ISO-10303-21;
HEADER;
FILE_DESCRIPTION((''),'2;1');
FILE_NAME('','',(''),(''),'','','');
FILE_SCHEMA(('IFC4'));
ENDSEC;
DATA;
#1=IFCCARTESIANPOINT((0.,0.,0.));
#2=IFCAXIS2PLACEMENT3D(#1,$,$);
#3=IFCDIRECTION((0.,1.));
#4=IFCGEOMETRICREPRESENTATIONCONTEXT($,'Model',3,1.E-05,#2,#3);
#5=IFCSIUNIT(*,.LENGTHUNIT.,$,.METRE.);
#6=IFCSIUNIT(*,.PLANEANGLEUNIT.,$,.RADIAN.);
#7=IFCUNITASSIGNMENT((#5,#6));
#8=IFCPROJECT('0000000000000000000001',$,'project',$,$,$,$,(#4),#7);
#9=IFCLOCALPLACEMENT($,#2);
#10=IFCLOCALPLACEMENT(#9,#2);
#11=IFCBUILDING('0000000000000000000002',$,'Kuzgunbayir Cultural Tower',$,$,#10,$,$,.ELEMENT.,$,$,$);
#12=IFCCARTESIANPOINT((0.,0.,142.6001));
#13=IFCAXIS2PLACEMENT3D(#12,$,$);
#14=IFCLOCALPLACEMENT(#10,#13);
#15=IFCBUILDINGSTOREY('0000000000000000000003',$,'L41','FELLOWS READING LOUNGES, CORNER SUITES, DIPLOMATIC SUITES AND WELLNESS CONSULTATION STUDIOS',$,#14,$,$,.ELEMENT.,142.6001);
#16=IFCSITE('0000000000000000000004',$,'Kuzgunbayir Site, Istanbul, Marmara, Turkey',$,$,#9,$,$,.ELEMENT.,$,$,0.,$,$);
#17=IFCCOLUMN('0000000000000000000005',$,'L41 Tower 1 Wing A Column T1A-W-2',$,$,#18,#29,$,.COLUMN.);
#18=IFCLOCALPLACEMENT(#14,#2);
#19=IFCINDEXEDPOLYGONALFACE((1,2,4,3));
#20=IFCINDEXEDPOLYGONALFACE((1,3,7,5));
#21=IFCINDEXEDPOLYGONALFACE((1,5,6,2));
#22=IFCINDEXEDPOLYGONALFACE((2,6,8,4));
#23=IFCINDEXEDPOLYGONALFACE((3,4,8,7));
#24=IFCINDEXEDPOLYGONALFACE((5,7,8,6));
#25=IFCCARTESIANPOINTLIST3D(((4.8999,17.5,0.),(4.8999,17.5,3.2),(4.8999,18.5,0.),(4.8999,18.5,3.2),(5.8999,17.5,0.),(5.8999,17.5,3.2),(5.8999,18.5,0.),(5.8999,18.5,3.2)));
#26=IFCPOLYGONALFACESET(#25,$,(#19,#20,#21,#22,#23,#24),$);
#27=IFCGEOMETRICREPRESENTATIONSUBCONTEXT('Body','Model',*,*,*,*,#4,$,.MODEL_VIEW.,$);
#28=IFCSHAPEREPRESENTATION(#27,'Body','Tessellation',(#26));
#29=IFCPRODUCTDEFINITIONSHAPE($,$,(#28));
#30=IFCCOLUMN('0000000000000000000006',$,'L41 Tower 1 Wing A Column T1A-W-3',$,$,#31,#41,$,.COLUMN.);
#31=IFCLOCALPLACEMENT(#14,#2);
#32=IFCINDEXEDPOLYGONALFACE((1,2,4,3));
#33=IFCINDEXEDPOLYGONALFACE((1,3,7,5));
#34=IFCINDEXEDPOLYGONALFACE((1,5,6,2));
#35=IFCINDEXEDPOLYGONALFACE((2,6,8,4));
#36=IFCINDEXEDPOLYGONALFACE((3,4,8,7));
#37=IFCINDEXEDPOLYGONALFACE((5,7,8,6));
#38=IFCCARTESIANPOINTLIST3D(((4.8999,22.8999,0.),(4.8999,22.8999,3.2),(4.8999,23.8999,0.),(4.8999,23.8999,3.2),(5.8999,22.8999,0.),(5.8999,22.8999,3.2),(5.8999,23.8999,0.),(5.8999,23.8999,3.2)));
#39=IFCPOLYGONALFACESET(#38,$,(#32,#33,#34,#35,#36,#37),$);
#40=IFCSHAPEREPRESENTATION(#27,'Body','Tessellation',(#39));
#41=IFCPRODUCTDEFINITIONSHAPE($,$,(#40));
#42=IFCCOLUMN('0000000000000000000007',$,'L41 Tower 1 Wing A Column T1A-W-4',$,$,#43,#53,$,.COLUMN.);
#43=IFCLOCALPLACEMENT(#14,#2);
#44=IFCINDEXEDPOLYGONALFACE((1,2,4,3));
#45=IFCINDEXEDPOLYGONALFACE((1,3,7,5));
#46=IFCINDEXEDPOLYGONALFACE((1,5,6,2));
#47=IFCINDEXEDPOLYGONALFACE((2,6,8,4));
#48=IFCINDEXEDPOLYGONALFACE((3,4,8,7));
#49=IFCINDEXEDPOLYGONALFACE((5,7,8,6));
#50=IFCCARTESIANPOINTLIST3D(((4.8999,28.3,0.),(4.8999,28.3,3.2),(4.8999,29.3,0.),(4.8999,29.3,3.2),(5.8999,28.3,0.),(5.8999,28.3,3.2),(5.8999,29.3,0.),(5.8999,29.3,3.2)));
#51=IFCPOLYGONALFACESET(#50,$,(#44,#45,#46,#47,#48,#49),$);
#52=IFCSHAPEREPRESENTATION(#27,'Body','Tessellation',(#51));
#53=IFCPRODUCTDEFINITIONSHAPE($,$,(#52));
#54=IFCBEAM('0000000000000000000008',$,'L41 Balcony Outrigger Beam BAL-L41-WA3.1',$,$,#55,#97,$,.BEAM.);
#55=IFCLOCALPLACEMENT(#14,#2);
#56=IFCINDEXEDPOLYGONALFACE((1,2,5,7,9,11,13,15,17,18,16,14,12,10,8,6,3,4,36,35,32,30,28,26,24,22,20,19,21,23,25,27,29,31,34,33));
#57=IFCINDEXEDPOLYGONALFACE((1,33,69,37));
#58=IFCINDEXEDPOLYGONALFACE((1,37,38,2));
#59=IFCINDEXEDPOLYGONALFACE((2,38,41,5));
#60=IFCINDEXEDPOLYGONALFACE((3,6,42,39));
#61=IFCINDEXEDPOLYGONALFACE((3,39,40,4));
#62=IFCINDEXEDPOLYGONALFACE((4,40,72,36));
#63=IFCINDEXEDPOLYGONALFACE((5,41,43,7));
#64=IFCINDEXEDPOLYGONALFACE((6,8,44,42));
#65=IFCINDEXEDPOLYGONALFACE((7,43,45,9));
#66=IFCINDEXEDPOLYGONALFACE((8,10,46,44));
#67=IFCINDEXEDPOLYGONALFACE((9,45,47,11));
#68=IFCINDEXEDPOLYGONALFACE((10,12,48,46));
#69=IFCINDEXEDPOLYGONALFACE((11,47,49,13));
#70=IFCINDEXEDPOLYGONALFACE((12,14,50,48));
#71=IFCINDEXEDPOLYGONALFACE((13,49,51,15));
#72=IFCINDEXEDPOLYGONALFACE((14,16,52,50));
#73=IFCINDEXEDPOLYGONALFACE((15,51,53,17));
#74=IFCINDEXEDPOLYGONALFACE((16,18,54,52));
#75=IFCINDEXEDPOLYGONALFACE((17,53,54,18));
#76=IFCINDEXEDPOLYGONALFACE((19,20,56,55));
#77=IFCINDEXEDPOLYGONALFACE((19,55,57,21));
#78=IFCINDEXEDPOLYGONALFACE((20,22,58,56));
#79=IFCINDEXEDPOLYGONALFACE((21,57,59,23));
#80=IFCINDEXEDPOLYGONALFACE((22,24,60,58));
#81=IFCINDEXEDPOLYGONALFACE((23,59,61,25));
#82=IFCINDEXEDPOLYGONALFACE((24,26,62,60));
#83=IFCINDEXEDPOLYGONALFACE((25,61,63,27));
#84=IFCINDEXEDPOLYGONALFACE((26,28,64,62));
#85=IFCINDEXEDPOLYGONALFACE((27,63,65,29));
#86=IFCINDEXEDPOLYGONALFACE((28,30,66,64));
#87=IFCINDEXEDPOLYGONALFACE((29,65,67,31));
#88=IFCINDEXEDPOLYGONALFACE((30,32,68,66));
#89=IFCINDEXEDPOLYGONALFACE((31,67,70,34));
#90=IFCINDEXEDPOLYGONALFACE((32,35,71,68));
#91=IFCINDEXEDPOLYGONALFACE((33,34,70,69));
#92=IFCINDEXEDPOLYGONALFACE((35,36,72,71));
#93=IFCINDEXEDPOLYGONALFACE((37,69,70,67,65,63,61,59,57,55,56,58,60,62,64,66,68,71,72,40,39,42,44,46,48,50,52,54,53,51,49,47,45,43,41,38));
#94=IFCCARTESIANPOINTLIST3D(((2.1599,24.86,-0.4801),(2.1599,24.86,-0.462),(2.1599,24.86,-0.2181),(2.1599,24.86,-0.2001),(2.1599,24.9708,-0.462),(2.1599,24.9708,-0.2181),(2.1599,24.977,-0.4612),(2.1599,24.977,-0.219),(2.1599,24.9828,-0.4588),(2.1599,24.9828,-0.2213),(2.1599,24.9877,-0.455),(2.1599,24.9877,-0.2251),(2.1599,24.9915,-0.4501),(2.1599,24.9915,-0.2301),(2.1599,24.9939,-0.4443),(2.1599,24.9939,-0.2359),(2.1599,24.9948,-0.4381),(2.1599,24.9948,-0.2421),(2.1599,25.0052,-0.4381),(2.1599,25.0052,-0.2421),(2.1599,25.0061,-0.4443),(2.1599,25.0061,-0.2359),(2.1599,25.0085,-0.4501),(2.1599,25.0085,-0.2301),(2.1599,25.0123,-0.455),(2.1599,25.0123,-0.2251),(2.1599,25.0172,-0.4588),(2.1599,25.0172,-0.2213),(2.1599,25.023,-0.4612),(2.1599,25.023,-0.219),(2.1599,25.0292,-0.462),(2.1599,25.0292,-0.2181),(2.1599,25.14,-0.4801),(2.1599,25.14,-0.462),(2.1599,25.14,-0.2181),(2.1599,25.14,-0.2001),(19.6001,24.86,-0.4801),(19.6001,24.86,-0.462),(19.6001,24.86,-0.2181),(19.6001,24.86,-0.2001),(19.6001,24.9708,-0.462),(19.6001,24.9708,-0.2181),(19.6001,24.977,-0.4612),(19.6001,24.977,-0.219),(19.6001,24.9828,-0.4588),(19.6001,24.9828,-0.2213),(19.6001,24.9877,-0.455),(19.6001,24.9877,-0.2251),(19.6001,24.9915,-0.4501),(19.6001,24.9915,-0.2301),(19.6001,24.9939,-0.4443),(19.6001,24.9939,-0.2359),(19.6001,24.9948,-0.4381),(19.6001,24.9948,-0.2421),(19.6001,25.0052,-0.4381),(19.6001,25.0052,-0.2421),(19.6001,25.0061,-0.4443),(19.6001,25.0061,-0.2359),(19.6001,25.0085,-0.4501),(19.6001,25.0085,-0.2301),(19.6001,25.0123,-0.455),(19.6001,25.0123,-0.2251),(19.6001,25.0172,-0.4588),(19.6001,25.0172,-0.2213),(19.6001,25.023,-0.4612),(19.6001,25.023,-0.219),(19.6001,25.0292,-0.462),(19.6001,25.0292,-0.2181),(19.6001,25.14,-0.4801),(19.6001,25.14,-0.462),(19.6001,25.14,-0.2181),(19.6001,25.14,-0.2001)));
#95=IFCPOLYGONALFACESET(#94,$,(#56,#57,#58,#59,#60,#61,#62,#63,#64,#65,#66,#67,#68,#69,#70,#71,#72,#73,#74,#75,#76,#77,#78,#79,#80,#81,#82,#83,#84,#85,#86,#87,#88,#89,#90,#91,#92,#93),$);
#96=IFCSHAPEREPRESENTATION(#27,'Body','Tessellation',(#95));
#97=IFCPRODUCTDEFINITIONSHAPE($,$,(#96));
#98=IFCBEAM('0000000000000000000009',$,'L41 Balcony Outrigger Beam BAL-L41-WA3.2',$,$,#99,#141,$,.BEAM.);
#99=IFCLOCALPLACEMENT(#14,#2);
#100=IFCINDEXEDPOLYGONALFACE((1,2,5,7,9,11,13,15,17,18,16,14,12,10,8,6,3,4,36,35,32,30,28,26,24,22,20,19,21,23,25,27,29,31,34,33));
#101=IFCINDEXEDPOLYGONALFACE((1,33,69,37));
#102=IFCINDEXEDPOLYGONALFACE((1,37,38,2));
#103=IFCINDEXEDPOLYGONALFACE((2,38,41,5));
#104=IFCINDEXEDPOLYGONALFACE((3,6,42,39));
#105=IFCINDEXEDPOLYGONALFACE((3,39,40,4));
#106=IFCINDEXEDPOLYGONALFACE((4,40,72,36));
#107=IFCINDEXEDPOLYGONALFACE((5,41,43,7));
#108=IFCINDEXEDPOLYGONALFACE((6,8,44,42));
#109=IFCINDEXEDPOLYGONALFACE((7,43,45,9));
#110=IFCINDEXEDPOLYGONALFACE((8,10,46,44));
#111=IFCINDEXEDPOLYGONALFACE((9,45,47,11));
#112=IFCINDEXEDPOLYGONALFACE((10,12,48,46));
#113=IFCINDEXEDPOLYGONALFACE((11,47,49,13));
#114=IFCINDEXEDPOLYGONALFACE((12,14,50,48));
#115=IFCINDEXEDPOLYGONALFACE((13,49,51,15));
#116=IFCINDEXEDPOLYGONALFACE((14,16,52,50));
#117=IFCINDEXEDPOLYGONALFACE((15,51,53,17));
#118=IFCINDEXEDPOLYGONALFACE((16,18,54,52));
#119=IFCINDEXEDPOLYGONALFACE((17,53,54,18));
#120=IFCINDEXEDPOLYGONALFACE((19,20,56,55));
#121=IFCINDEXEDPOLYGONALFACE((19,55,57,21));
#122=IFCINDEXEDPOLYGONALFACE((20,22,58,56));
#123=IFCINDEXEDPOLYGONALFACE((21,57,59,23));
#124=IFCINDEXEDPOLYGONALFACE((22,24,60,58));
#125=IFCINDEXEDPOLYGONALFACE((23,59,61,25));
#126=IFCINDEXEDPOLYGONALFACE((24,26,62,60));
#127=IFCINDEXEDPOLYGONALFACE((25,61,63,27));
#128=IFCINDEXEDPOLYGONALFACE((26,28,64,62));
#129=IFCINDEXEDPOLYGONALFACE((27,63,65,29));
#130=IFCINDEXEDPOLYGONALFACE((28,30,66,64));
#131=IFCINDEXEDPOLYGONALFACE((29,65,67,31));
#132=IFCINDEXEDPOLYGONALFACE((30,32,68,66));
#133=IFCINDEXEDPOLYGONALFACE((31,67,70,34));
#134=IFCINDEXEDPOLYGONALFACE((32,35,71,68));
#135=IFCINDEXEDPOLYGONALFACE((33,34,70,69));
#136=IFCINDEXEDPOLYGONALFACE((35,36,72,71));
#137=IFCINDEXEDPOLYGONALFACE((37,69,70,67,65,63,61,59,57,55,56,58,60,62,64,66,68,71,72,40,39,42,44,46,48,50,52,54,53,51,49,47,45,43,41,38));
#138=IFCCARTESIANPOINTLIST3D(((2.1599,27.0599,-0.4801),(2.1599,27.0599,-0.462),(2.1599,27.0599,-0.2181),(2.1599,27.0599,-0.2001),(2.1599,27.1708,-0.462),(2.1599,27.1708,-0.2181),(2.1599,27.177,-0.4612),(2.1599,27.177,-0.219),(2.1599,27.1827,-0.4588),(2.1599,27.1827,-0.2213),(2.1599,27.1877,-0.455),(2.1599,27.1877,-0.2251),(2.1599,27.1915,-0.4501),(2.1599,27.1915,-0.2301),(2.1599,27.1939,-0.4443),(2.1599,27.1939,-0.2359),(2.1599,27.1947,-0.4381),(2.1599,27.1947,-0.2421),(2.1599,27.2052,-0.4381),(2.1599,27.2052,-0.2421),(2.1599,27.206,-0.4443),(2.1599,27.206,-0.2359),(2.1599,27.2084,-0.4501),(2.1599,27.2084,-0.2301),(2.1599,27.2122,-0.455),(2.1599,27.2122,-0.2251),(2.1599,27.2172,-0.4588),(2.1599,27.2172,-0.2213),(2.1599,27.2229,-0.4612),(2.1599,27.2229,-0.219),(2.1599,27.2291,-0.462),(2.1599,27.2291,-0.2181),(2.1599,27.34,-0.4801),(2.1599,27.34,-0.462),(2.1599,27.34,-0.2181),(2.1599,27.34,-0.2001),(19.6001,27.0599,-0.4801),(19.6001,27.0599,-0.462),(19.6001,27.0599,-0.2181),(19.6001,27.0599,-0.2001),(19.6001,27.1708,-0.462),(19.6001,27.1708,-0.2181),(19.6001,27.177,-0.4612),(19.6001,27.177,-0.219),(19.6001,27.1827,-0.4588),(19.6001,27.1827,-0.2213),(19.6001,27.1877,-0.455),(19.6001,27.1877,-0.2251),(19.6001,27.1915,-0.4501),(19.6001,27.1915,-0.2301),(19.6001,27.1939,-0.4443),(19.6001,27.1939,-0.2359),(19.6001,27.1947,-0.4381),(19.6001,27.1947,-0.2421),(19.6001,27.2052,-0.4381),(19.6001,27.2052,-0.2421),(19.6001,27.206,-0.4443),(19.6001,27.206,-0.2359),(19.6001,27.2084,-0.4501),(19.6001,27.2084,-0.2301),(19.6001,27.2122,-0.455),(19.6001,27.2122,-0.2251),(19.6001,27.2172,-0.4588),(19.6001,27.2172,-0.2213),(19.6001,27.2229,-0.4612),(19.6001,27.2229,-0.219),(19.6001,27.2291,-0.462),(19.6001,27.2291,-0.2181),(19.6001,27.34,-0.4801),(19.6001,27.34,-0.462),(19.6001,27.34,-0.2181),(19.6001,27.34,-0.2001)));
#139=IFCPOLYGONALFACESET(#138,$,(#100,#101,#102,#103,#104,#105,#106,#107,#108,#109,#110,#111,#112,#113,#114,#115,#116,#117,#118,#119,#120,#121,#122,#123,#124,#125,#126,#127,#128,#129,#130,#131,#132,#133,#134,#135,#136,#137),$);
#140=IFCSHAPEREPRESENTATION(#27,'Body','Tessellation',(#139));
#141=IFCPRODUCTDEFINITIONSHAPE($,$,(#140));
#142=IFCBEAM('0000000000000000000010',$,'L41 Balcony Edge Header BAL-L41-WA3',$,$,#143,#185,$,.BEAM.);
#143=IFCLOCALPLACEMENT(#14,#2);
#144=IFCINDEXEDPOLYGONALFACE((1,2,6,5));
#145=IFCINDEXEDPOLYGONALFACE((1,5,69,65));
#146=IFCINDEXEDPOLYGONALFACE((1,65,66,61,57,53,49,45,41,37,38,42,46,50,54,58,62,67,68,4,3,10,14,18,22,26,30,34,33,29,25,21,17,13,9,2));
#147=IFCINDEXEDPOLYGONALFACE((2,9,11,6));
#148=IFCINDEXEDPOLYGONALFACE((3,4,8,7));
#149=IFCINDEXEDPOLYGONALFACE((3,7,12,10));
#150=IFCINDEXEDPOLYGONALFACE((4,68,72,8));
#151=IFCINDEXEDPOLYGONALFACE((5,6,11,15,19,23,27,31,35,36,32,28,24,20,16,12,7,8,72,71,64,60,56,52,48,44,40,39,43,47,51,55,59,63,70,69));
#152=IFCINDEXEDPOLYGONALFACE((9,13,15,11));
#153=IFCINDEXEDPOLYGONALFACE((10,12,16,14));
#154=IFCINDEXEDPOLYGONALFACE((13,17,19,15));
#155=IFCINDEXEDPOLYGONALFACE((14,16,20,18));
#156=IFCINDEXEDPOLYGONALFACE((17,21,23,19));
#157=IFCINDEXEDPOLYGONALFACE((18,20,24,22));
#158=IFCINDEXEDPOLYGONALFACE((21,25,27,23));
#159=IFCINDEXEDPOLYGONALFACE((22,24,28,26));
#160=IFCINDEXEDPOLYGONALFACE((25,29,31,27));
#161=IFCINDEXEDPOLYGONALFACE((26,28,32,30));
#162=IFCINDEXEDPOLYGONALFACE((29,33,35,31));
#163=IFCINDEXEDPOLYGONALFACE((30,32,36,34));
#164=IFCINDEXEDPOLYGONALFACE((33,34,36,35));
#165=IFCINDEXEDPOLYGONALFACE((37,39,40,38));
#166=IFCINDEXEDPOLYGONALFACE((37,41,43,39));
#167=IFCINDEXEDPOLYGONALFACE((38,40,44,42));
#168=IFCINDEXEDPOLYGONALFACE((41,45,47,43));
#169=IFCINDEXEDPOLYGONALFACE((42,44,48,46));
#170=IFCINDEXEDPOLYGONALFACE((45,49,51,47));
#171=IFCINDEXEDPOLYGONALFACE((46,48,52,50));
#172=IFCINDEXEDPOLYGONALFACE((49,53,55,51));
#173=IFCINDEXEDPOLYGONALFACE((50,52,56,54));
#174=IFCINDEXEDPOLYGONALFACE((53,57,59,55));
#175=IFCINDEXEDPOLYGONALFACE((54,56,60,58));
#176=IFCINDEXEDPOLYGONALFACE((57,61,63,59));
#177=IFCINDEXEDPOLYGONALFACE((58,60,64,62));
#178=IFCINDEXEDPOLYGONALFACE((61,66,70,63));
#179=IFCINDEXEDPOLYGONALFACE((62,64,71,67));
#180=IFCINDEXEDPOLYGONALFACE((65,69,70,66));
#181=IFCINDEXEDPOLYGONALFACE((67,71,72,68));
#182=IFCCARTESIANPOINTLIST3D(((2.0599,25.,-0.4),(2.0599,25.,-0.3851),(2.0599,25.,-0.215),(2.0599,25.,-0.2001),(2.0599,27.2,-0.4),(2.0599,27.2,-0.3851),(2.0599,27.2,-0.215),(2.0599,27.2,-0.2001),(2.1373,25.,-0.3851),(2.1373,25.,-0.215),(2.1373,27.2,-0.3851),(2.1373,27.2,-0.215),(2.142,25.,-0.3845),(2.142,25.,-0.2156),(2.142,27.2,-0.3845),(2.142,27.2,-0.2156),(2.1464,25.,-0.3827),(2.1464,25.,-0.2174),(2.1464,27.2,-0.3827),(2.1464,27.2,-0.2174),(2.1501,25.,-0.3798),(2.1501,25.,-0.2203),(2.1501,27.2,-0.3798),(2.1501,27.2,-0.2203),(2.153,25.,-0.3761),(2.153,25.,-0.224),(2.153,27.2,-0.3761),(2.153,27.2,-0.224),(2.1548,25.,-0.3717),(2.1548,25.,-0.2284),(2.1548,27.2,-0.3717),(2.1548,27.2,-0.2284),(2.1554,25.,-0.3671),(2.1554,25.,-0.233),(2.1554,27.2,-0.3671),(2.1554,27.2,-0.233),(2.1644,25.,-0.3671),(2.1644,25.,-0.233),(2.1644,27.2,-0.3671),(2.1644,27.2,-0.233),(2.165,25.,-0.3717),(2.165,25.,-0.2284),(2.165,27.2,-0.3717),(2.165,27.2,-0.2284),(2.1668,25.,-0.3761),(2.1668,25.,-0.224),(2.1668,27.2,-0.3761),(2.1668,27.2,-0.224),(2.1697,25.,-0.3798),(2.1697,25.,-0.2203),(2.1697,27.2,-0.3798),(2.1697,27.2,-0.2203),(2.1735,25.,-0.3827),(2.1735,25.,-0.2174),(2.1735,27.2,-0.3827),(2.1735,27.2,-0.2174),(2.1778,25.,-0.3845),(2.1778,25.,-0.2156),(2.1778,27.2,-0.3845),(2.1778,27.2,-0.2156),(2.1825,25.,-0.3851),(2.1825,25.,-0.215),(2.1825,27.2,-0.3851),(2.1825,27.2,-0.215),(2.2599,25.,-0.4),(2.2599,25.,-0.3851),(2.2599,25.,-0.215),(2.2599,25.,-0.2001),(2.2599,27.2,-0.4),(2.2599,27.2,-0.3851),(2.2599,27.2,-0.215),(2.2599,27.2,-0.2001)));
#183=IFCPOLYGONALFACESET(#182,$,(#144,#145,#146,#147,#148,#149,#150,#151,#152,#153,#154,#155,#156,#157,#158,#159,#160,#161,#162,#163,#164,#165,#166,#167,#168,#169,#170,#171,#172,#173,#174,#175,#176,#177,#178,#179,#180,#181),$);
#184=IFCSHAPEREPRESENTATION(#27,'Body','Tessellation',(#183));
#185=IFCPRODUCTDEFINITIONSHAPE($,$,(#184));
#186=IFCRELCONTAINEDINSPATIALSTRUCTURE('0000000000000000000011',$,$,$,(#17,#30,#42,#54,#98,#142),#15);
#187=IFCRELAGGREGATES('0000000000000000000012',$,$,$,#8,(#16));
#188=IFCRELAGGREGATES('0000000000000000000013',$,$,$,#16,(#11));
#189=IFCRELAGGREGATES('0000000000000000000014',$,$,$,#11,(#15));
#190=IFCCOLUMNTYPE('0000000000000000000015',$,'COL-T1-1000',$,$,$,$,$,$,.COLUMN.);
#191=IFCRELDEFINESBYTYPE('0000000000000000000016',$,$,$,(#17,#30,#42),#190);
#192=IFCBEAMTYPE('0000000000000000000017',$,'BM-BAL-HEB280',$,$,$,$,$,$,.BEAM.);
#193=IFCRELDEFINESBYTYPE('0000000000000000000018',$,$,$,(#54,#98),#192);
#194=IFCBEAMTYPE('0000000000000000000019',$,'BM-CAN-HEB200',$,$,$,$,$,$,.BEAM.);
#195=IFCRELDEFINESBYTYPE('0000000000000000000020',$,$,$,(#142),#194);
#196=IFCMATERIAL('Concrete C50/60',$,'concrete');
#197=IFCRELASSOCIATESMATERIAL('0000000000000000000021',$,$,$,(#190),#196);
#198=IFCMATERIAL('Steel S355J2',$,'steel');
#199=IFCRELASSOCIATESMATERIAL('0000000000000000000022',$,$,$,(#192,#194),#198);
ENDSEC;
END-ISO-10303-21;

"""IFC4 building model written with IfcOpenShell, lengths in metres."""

from ifc_helpers import new_model, si_unit, direction, frame, origin, origin_2d, place, context, subcontext, project, spatial, rectangle, i_section, extrude, material, material_profile, profile_set, type_object, element, save


model = new_model("IFC4")

# Units and contexts
model_context = context("Model", 3, precision=1e-05, world=origin(), true_north=direction((0.0, 1.0)))
body_context = subcontext(model_context, "Body", "Model", "MODEL_VIEW")
ifc_project = project(units=[si_unit("LENGTHUNIT", "METRE"), si_unit("PLANEANGLEUNIT", "RADIAN")], contexts=[model_context])

# Site, building, storey
site_placement = place(None, origin())
site = spatial("IfcSite", under=ifc_project, at=site_placement, Name="Kuzgunbayir Site, Istanbul, Marmara, Turkey", CompositionType="ELEMENT", RefElevation=0.0)
building_placement = place(site_placement, origin())
building = spatial("IfcBuilding", under=site, at=building_placement, Name="Kuzgunbayir Cultural Tower", CompositionType="ELEMENT")
storey_placement = place(building_placement, frame((0.0, 0.0, 142.6001)))
storey = spatial("IfcBuildingStorey", under=building, at=storey_placement, Name="L41", Description="FELLOWS READING LOUNGES, CORNER SUITES, DIPLOMATIC SUITES AND WELLNESS CONSULTATION STUDIOS", CompositionType="ELEMENT", Elevation=142.6001)

# Columns
ifc_material_1 = material(Name="Concrete C50/60", Category="concrete")
ifc_material_profile_1 = material_profile(ifc_material_1, rectangle(XDim=1.0, YDim=1.0, at=origin_2d()), Name="RC 1000x1000")
ifc_profile_set_1 = profile_set([ifc_material_profile_1], Name="Concrete C50/60")
column_type = type_object("IfcColumnType", Name="COL-T1-1000", PredefinedType="COLUMN", material=ifc_profile_set_1)
for number, where, z_axis, x_axis, name in (
    (1, (5.3999, 18.0, 0.0), (0.0, 0.0, 1.0), (1.0, 0.0, 0.0), "L41 Tower 1 Wing A Column T1A-W-2"),
    (2, (5.3999, 23.3999, 0.0), (0.0, 0.0, 1.0), (1.0, 0.0, 0.0), "L41 Tower 1 Wing A Column T1A-W-3"),
    (3, (5.3999, 28.8, 0.0), (0.0, 0.0, 1.0), (1.0, 0.0, 0.0), "L41 Tower 1 Wing A Column T1A-W-4"),
):
    element("IfcColumn", number, at=place(storey_placement, frame(where, z_axis=z_axis, x_axis=x_axis)), inside=storey, type_object=column_type, Name=name, PredefinedType="COLUMN", context=body_context, shape_type="SweptSolid", body=[
        extrude(rectangle(XDim=1.0, YDim=1.0, at=origin_2d()), origin(), (0.0, 0.0, 1.0), 3.2),
    ])

# Beams
ifc_material_2 = material(Name="Steel S355J2", Category="steel")
ifc_material_profile_2 = material_profile(ifc_material_2, i_section(OverallWidth=0.28, OverallDepth=0.28, WebThickness=0.0105, FlangeThickness=0.0181, FilletRadius=0.0239, at=origin_2d()), Name="HEB 280")
ifc_profile_set_2 = profile_set([ifc_material_profile_2], Name="Steel S355J2")
beam_type_1 = type_object("IfcBeamType", Name="BM-BAL-HEB280", PredefinedType="BEAM", material=ifc_profile_set_2)
for number, where, z_axis, x_axis, name in (
    (4, (2.1599, 25.0, -0.3401), (1.0, 0.0, 0.0), (0.0, 1.0, 0.0), "L41 Balcony Outrigger Beam BAL-L41-WA3.1"),
    (5, (2.1599, 27.2, -0.3401), (1.0, 0.0, 0.0), (0.0, 1.0, 0.0), "L41 Balcony Outrigger Beam BAL-L41-WA3.2"),
):
    element("IfcBeam", number, at=place(storey_placement, frame(where, z_axis=z_axis, x_axis=x_axis)), inside=storey, type_object=beam_type_1, Name=name, PredefinedType="BEAM", context=body_context, shape_type="SweptSolid", body=[
        extrude(i_section(OverallWidth=0.28, OverallDepth=0.28, WebThickness=0.0105, FlangeThickness=0.0181, FilletRadius=0.0239, at=origin_2d()), origin(), (0.0, 0.0, 1.0), 17.4402),
    ])
ifc_material_profile_3 = material_profile(ifc_material_2, i_section(OverallWidth=0.2, OverallDepth=0.2, WebThickness=0.009, FlangeThickness=0.0149, FilletRadius=0.0181, at=origin_2d()), Name="HEB 200")
ifc_profile_set_3 = profile_set([ifc_material_profile_3], Name="Steel S355J2")
beam_type_2 = type_object("IfcBeamType", Name="BM-CAN-HEB200", PredefinedType="BEAM", material=ifc_profile_set_3)
beam_1_placement = place(storey_placement, frame((2.1599, 25.0, -0.3), z_axis=(0.0, 1.0, 0.0), x_axis=(-1.0, 0.0, 0.0)))
element("IfcBeam", 6, at=beam_1_placement, inside=storey, type_object=beam_type_2, Name="L41 Balcony Edge Header BAL-L41-WA3", PredefinedType="BEAM", context=body_context, shape_type="SweptSolid", body=[
    extrude(i_section(OverallWidth=0.2, OverallDepth=0.2, WebThickness=0.009, FlangeThickness=0.0149, FilletRadius=0.0181, at=origin_2d()), origin(), (0.0, 0.0, 1.0), 2.2),
])

save(model, "model.ifc")
